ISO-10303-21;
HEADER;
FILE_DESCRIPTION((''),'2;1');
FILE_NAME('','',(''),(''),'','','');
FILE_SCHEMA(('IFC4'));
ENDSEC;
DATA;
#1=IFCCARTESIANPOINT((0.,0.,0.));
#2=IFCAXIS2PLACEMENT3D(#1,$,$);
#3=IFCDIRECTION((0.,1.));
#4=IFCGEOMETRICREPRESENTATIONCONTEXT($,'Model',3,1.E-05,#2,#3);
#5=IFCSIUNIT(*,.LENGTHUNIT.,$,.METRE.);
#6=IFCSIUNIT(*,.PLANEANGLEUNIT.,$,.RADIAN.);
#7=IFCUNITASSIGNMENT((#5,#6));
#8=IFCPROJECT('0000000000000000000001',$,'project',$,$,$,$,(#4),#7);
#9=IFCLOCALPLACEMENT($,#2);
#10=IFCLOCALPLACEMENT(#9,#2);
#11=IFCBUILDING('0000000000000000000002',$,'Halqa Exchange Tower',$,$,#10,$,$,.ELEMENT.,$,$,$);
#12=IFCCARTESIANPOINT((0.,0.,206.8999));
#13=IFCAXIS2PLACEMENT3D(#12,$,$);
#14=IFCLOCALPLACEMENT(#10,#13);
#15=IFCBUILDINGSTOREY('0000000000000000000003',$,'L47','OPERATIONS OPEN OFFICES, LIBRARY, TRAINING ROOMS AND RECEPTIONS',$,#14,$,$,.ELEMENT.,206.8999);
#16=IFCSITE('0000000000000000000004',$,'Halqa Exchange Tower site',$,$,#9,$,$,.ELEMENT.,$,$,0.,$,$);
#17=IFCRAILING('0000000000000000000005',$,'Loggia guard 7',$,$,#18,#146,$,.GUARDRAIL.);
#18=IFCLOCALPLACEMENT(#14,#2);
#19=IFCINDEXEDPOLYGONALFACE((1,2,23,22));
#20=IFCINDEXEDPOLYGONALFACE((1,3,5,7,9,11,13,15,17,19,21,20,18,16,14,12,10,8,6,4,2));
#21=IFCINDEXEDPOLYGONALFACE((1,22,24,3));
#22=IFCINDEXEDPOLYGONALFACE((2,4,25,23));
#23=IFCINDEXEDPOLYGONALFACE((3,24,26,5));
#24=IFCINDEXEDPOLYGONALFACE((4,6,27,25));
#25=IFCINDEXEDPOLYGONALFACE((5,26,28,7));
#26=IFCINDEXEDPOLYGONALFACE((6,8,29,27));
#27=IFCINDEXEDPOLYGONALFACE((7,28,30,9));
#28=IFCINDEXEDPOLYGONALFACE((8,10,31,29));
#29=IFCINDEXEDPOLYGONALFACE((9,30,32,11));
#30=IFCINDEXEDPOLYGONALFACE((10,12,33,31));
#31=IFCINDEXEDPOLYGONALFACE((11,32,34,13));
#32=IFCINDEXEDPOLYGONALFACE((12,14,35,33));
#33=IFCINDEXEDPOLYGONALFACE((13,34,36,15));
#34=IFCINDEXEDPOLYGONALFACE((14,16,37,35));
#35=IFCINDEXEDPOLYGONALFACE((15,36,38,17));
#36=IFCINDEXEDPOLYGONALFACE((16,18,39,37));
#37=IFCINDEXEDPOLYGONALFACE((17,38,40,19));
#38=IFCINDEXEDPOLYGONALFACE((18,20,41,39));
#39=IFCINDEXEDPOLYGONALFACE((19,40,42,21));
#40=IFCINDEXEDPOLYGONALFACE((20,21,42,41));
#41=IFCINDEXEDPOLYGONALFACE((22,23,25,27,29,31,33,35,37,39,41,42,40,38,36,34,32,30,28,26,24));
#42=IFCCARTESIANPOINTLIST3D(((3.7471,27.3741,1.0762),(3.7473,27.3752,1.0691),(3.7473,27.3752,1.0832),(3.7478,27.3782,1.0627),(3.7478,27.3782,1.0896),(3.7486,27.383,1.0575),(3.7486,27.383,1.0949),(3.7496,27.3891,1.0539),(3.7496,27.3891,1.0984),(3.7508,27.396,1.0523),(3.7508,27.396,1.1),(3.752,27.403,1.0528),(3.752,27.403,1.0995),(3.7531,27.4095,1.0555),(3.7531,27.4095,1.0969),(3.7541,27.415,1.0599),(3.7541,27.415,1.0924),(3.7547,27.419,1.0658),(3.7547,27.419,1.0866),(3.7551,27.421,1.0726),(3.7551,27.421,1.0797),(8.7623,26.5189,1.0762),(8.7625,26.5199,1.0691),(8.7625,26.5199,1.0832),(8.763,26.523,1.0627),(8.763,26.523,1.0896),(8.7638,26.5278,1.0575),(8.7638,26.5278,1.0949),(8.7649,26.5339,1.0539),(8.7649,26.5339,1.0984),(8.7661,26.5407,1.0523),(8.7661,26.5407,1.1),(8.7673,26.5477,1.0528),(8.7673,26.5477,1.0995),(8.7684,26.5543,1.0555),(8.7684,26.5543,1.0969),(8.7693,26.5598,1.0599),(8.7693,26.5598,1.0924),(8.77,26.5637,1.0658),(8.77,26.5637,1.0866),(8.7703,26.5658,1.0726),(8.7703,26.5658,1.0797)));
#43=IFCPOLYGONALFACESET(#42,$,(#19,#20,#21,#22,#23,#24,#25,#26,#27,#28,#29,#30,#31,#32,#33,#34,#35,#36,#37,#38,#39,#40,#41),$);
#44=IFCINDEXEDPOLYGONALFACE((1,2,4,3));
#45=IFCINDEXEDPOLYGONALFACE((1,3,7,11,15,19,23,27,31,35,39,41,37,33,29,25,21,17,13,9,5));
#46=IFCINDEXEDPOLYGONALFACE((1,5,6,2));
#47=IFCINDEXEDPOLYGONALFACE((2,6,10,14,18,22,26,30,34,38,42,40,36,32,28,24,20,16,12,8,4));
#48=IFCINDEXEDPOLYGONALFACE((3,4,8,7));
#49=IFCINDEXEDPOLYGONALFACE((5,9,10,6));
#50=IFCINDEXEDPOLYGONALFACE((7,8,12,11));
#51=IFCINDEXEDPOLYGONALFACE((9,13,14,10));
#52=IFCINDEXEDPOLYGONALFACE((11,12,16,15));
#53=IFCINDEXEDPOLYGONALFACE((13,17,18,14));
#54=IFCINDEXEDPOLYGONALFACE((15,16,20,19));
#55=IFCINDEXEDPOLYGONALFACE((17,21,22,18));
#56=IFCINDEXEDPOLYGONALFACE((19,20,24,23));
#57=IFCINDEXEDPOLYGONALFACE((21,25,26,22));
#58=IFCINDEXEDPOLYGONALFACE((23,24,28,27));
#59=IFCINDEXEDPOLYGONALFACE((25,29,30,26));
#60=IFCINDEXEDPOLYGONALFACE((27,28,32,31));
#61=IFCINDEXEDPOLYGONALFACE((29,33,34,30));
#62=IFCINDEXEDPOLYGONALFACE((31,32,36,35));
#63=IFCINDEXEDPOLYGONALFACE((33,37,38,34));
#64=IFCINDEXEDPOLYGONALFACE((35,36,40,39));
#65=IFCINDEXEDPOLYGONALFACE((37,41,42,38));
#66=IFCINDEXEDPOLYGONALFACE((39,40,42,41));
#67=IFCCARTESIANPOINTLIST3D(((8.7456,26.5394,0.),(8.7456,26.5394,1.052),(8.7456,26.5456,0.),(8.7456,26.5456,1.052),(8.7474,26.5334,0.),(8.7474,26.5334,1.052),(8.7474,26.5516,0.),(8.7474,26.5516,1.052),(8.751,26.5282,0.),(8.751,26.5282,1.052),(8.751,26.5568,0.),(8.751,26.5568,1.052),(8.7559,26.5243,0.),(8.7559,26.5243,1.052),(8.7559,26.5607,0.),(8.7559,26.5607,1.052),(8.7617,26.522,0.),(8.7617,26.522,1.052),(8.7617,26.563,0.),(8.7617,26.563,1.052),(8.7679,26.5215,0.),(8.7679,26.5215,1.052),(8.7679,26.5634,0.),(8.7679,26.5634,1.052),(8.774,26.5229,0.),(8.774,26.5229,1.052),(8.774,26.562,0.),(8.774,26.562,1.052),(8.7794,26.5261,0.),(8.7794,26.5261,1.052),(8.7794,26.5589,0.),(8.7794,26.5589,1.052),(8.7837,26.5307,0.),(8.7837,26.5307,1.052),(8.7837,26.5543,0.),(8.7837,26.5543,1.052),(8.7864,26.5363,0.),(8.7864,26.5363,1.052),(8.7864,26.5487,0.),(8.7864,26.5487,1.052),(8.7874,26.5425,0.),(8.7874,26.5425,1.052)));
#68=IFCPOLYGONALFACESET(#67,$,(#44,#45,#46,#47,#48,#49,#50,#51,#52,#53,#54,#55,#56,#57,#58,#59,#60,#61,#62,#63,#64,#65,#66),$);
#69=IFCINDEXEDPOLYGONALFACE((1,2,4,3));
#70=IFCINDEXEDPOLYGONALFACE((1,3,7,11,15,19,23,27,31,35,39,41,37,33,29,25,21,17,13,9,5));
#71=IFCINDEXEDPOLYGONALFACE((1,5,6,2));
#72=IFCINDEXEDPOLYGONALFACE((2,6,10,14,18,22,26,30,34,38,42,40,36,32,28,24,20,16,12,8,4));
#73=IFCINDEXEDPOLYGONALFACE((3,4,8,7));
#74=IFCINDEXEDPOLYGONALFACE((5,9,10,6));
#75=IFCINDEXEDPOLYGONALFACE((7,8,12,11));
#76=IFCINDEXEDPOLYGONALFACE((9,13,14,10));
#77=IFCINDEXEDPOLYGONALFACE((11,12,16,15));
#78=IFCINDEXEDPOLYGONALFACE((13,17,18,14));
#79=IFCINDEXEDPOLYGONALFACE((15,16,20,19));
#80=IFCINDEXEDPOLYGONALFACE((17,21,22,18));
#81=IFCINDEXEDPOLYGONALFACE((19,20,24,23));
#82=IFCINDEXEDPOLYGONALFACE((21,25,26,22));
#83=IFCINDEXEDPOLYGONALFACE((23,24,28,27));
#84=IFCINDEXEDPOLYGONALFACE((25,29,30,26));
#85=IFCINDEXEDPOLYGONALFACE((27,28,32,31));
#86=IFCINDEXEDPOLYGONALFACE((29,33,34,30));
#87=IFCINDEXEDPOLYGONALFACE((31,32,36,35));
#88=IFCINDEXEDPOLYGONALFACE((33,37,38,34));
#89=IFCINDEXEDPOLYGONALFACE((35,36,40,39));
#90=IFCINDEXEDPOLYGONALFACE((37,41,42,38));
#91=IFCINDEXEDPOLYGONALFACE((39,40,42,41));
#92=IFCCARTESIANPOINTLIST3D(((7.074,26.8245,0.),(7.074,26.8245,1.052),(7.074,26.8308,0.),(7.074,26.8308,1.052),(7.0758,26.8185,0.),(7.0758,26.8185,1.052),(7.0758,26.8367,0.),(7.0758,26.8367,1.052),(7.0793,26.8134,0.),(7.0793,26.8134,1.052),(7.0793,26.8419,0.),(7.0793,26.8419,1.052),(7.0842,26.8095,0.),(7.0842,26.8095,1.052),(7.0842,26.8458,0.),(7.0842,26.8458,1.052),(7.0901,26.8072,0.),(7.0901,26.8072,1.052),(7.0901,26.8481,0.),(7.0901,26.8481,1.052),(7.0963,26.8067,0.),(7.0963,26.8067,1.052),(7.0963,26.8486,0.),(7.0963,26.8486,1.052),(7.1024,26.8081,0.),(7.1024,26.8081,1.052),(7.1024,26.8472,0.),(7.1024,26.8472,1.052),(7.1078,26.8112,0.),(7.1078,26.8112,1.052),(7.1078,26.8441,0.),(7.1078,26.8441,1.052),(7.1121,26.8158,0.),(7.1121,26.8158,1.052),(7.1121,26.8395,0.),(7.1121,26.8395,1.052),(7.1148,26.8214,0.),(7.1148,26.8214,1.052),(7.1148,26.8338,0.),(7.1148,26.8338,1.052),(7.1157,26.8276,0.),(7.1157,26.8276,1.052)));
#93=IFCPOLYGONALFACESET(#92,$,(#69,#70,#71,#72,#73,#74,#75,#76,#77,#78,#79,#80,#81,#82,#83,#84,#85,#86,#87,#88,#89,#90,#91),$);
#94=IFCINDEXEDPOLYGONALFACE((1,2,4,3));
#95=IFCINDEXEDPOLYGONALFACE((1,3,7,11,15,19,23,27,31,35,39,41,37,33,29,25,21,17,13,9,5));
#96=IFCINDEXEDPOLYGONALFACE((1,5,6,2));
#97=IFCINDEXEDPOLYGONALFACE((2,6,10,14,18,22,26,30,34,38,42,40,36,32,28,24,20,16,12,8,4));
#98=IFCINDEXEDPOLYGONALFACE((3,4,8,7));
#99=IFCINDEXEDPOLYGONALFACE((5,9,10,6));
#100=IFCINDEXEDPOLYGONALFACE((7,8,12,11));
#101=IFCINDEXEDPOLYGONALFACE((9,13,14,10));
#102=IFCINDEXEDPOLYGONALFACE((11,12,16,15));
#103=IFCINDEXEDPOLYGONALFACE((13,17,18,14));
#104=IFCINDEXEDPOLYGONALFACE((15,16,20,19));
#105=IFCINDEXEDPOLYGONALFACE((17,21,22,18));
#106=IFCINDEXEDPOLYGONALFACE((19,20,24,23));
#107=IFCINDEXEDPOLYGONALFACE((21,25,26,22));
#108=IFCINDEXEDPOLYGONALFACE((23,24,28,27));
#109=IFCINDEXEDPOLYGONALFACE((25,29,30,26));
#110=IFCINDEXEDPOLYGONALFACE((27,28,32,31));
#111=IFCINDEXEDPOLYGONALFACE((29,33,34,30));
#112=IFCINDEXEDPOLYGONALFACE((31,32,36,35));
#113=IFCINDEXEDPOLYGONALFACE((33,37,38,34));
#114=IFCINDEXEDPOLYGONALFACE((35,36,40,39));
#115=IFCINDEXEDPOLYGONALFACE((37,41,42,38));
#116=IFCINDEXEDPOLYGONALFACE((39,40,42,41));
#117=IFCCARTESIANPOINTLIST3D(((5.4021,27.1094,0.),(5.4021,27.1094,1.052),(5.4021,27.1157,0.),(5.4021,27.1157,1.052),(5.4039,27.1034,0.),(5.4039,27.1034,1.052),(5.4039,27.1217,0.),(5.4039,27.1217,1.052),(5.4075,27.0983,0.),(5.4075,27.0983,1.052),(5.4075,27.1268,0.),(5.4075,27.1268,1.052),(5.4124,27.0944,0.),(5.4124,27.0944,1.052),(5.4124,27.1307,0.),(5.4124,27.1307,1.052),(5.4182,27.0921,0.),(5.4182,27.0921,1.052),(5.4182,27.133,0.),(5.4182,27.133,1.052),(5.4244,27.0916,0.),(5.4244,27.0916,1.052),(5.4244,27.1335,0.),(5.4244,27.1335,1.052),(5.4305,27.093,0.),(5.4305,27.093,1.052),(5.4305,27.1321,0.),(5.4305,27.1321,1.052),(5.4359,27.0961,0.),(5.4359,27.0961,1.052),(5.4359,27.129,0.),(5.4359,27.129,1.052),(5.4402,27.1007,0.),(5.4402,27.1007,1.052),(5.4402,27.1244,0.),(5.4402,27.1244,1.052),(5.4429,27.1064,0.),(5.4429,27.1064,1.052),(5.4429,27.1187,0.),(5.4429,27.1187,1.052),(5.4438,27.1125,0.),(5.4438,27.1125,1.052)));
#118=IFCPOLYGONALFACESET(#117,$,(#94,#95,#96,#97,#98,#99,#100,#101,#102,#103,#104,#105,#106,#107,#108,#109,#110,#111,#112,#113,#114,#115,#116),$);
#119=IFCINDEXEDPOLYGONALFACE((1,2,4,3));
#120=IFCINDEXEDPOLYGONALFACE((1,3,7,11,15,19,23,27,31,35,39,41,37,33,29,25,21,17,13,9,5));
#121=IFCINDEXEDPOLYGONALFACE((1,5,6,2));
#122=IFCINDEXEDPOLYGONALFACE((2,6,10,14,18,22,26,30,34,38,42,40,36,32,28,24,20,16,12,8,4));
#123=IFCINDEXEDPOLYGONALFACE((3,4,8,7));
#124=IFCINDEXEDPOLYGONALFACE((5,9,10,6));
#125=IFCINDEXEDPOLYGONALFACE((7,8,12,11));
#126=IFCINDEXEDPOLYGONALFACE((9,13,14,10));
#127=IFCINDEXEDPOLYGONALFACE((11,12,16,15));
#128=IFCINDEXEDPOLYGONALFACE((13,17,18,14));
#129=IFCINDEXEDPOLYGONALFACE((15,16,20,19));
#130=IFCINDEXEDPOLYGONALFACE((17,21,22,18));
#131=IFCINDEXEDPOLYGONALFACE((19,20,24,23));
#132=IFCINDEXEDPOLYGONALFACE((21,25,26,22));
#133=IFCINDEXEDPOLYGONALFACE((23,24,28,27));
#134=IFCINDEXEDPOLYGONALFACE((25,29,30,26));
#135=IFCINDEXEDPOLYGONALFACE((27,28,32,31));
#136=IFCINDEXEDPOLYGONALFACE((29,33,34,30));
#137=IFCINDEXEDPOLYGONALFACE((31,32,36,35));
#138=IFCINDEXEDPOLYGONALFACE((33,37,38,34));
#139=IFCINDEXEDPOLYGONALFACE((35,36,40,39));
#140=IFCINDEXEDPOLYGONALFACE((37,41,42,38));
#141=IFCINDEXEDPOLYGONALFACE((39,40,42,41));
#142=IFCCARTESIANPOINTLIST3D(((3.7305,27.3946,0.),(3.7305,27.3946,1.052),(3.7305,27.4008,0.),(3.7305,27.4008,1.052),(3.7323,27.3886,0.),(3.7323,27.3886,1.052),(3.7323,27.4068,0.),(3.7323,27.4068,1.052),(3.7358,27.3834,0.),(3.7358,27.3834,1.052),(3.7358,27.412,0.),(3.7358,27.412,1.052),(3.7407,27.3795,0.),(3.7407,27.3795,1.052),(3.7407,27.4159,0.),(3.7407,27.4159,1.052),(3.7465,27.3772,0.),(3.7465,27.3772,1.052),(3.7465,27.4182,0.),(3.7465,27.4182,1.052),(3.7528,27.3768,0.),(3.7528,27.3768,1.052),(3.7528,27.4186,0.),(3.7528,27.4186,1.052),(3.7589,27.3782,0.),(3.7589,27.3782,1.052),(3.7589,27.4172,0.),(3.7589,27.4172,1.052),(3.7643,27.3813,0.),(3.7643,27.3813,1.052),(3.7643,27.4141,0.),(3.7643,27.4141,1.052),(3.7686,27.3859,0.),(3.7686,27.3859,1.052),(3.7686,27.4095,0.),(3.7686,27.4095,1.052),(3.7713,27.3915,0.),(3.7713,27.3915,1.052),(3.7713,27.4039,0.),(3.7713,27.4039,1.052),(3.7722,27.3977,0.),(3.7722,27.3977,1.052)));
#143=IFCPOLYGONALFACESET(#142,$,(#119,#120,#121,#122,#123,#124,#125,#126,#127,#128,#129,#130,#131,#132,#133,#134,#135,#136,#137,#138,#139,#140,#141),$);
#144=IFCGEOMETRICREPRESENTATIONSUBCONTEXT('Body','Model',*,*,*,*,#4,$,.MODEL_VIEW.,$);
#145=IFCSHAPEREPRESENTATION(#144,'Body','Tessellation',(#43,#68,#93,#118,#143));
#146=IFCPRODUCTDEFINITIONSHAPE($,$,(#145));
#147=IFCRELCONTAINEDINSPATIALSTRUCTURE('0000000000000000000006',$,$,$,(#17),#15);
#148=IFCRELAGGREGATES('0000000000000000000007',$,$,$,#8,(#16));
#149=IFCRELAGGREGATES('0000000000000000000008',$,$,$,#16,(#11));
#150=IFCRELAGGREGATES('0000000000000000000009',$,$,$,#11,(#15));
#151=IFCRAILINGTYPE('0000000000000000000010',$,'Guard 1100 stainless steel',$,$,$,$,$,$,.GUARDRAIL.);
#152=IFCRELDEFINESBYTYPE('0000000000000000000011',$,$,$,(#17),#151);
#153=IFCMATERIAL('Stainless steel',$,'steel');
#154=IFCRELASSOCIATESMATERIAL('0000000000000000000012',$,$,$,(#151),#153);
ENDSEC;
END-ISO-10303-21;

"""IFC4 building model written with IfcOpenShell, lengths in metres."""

from ifc_helpers import new_model, si_unit, direction, frame, origin, origin_2d, place, context, subcontext, project, spatial, circle, extrude, material, type_object, element, save


model = new_model("IFC4")

# Units and contexts
model_context = context("Model", 3, precision=1e-05, world=origin(), true_north=direction((0.0, 1.0)))
body_context = subcontext(model_context, "Body", "Model", "MODEL_VIEW")
ifc_project = project(units=[si_unit("LENGTHUNIT", "METRE"), si_unit("PLANEANGLEUNIT", "RADIAN")], contexts=[model_context])

# Site, building, storey
site_placement = place(None, origin())
site = spatial("IfcSite", under=ifc_project, at=site_placement, Name="Halqa Exchange Tower site", CompositionType="ELEMENT", RefElevation=0.0)
building_placement = place(site_placement, origin())
building = spatial("IfcBuilding", under=site, at=building_placement, Name="Halqa Exchange Tower", CompositionType="ELEMENT")
storey_placement = place(building_placement, frame((0.0, 0.0, 206.8999)))
storey = spatial("IfcBuildingStorey", under=building, at=storey_placement, Name="L47", Description="OPERATIONS OPEN OFFICES, LIBRARY, TRAINING ROOMS AND RECEPTIONS", CompositionType="ELEMENT", Elevation=206.8999)

# Railing
ifc_material_1 = material(Name="Stainless steel", Category="steel")
railing_type_1 = type_object("IfcRailingType", Name="Guard 1100 stainless steel", PredefinedType="GUARDRAIL", material=ifc_material_1)
railing_1_placement = place(storey_placement, frame((8.7664, 26.5425, 0.0)))
element("IfcRailing", 1, at=railing_1_placement, inside=storey, type_object=railing_type_1, Name="Loggia guard 7", PredefinedType="GUARDRAIL", context=body_context, shape_type="SweptSolid", body=[
    extrude(circle(Radius=0.0239, at=origin_2d()), frame((0.0, 0.0, 1.0762), z_axis=(-0.98577, 0.168102, 0.0), x_axis=(-0.168102, -0.98577, 0.0)), (0.0, 0.0, 1.0), 5.0876),
    extrude(circle(Radius=0.021, at=origin_2d()), origin(), (0.0, 0.0, 1.0), 1.052),
    extrude(circle(Radius=0.021, at=origin_2d()), frame((-1.6716, 0.2852, 0.0)), (0.0, 0.0, 1.0), 1.052),
    extrude(circle(Radius=0.021, at=origin_2d()), frame((-3.3435, 0.5701, 0.0)), (0.0, 0.0, 1.0), 1.052),
    extrude(circle(Radius=0.021, at=origin_2d()), frame((-5.0151, 0.8552, 0.0)), (0.0, 0.0, 1.0), 1.052),
])

save(model, "model.ifc")
